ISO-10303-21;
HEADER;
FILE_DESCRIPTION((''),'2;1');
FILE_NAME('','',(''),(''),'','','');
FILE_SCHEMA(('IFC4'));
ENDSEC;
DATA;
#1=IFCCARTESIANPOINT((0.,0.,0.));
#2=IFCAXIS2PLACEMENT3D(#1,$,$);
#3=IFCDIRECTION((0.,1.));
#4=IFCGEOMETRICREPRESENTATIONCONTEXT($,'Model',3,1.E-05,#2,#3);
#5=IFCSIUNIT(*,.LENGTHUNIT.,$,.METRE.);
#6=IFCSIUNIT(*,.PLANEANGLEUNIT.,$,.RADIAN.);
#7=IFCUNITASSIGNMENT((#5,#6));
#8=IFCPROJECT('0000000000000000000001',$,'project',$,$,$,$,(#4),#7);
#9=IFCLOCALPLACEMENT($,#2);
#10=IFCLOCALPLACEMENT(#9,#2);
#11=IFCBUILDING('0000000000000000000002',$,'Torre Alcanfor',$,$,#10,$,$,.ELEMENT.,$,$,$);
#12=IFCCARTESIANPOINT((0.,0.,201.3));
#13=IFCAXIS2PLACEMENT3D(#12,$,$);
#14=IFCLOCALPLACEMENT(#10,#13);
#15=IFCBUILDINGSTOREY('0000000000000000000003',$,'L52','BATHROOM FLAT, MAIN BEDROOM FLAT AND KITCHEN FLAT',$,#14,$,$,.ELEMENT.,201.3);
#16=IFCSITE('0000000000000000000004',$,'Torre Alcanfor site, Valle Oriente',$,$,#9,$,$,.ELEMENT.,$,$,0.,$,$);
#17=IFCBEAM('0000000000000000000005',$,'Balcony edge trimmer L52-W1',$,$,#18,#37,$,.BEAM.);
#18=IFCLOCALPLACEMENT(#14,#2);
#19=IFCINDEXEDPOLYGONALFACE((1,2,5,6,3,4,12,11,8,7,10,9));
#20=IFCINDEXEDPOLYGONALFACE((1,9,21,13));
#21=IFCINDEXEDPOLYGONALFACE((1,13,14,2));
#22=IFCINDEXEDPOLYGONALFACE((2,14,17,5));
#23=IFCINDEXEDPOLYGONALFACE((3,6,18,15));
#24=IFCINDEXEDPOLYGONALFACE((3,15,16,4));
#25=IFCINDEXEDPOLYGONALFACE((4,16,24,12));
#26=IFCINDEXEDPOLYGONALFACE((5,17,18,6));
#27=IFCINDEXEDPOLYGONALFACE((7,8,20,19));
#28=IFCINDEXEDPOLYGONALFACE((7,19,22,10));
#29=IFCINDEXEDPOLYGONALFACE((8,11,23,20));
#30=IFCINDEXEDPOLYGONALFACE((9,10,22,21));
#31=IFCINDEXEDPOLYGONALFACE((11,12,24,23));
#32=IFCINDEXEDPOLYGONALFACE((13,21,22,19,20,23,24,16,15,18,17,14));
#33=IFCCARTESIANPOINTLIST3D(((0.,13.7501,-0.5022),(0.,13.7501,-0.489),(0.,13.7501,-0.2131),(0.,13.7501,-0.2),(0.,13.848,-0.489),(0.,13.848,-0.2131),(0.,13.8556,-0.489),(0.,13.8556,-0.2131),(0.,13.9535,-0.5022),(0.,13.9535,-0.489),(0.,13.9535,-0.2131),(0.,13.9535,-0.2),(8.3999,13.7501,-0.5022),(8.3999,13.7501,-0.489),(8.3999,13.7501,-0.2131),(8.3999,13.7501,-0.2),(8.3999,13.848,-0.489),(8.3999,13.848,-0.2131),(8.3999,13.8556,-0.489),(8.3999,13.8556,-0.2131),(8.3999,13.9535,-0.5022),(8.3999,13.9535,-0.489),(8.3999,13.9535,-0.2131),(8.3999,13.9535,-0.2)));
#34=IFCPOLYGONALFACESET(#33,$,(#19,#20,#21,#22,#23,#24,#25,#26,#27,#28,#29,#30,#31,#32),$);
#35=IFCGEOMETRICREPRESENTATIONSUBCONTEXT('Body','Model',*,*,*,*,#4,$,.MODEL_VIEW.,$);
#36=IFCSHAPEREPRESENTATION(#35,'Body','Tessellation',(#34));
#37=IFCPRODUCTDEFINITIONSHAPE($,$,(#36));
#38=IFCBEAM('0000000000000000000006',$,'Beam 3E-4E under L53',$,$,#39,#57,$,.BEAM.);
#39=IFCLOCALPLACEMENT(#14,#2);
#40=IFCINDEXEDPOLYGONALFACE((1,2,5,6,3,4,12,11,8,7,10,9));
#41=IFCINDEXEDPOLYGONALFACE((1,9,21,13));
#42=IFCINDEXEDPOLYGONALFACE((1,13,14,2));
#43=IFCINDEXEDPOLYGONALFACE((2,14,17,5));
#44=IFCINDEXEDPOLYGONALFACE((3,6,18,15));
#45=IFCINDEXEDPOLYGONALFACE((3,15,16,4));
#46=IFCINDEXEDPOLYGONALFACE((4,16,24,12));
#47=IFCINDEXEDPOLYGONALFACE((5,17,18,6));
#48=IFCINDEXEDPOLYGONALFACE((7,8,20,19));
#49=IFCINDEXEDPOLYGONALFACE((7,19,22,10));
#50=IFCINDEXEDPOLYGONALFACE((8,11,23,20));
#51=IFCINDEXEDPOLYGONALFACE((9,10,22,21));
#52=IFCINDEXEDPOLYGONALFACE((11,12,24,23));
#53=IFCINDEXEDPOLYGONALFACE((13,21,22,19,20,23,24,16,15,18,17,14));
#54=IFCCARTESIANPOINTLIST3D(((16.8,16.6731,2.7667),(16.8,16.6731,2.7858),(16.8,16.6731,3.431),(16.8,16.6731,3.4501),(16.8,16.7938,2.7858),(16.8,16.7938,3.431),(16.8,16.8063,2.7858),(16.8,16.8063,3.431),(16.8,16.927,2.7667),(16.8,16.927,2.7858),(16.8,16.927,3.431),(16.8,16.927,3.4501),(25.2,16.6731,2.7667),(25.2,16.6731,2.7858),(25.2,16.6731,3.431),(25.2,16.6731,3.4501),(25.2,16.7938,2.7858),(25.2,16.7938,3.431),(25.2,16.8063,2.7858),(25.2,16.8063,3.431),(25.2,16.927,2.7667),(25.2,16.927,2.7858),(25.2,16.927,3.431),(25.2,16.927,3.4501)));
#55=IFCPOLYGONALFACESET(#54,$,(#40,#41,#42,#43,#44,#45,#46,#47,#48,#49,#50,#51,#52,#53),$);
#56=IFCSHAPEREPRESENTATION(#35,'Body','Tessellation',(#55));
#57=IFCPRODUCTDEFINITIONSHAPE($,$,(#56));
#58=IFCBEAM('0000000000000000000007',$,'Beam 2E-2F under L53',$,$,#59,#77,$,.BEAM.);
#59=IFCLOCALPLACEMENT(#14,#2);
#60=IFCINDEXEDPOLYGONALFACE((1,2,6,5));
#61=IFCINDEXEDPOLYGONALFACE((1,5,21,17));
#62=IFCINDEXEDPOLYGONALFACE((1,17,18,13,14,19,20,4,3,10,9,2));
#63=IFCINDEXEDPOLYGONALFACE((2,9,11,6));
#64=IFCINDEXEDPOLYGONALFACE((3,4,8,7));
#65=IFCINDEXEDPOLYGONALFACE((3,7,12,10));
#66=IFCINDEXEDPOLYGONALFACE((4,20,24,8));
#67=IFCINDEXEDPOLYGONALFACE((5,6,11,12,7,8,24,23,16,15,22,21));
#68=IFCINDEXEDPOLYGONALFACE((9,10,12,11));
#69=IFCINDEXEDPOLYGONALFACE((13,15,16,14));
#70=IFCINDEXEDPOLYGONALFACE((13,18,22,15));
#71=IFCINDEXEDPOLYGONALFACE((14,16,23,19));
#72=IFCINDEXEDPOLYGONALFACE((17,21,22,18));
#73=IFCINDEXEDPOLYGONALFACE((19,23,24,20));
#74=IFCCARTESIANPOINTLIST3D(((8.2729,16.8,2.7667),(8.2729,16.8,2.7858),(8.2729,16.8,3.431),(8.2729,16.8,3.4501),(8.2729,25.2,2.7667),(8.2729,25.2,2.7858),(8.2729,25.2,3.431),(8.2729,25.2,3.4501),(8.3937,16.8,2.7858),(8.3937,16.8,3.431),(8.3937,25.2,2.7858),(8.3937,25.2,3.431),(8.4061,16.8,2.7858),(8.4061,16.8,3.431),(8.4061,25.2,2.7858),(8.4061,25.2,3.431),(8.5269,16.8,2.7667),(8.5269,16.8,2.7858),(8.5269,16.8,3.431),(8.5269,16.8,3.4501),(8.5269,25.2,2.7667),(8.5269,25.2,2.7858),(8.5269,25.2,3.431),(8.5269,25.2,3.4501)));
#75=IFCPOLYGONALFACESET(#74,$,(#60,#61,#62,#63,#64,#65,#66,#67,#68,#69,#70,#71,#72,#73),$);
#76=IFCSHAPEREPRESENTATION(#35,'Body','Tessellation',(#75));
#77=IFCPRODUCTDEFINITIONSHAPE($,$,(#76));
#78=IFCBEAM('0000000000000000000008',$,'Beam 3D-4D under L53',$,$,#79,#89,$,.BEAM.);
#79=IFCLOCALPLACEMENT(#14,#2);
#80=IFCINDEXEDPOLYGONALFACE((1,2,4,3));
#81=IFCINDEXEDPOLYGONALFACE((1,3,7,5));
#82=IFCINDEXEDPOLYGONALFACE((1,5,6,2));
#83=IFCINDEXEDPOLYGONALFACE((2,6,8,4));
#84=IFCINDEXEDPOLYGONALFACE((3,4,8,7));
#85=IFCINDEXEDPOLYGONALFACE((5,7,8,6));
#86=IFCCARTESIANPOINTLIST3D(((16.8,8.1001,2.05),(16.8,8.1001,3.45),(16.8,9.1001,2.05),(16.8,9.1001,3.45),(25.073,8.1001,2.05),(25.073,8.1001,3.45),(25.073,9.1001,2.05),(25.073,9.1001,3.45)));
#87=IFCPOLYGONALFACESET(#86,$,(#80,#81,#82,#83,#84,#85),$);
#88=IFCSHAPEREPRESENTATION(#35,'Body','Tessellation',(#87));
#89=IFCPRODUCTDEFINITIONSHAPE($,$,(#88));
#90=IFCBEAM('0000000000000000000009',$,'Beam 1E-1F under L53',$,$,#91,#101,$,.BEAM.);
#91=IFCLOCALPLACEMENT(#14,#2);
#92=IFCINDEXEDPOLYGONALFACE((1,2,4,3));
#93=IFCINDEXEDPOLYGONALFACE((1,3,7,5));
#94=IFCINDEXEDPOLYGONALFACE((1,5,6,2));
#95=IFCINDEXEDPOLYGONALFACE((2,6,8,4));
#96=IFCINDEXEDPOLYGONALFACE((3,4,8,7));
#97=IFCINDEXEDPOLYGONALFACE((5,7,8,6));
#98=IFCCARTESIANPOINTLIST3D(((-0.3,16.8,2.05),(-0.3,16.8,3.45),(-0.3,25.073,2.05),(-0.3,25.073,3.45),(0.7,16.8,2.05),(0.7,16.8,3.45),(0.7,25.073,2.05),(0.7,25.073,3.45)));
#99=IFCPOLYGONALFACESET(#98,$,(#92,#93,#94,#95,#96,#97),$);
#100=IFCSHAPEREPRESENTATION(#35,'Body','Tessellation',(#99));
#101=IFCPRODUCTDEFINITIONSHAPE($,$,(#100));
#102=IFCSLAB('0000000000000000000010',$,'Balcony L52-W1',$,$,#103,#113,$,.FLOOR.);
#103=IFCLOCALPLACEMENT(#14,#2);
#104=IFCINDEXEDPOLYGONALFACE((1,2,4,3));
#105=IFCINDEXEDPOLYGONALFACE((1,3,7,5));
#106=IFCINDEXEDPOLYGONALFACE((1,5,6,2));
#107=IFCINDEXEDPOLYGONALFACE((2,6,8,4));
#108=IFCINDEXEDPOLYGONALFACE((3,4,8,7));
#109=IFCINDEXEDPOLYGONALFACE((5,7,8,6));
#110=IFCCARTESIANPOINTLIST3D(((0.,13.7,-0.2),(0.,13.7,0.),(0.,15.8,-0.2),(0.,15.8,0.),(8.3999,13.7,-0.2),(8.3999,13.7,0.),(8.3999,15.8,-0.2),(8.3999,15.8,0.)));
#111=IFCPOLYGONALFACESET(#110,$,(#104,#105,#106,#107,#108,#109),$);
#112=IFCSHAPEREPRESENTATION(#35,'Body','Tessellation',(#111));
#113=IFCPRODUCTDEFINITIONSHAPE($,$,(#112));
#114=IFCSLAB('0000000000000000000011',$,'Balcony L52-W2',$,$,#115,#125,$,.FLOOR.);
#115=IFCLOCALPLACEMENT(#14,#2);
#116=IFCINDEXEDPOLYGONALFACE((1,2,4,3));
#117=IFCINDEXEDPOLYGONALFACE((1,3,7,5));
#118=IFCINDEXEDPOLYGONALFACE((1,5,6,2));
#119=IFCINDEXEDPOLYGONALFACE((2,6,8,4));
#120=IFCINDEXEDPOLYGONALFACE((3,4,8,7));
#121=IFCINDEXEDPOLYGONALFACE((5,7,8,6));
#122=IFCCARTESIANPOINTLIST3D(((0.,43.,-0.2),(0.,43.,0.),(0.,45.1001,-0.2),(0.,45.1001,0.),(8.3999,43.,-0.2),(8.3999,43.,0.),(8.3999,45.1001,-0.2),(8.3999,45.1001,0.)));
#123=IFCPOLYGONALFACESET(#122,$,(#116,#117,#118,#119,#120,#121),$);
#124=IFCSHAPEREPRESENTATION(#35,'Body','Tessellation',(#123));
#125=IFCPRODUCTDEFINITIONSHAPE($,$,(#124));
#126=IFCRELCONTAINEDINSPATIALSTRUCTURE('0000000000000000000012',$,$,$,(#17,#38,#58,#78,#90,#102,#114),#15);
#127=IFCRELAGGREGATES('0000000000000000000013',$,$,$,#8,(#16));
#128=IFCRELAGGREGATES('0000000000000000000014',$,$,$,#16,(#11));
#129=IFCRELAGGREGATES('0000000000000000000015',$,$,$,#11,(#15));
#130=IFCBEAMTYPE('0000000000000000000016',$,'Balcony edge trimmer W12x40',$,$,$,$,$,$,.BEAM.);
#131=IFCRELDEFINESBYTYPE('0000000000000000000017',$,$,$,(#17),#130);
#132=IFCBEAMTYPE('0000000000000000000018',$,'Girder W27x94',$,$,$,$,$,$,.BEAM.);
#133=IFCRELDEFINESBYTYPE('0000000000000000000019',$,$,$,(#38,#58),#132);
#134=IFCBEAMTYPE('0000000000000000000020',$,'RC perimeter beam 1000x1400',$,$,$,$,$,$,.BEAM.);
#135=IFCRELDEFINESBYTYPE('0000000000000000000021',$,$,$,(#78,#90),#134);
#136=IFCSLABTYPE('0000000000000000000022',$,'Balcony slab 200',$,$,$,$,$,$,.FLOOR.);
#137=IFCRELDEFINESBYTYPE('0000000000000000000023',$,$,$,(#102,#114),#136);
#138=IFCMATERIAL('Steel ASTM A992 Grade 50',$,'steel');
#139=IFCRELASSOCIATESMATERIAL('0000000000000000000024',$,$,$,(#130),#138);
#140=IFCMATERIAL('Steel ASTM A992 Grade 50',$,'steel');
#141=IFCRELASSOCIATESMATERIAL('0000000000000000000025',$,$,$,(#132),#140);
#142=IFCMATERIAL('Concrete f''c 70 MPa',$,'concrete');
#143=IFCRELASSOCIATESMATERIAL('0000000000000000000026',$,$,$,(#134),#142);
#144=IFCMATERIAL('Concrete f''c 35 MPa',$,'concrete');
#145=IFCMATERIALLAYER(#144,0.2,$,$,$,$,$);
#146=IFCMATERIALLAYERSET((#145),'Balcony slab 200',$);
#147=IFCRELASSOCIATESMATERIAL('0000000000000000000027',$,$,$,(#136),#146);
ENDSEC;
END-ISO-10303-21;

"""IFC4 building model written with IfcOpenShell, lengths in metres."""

from ifc_helpers import new_model, si_unit, direction, frame, origin, origin_2d, place, context, subcontext, project, spatial, polyline, rectangle, i_section, outline, extrude, material, layer, layer_set, material_profile, profile_set, type_object, element, save


model = new_model("IFC4")

# Units and contexts
model_context = context("Model", 3, precision=1e-05, world=origin(), true_north=direction((0.0, 1.0)))
body_context = subcontext(model_context, "Body", "Model", "MODEL_VIEW")
ifc_project = project(units=[si_unit("LENGTHUNIT", "METRE"), si_unit("PLANEANGLEUNIT", "RADIAN")], contexts=[model_context])

# Site, building, storey
site_placement = place(None, origin())
site = spatial("IfcSite", under=ifc_project, at=site_placement, Name="Torre Alcanfor site, Valle Oriente", CompositionType="ELEMENT", RefElevation=0.0)
building_placement = place(site_placement, origin())
building = spatial("IfcBuilding", under=site, at=building_placement, Name="Torre Alcanfor", CompositionType="ELEMENT")
storey_placement = place(building_placement, frame((0.0, 0.0, 201.3)))
storey = spatial("IfcBuildingStorey", under=building, at=storey_placement, Name="L52", Description="BATHROOM FLAT, MAIN BEDROOM FLAT AND KITCHEN FLAT", CompositionType="ELEMENT", Elevation=201.3)

# Beams
ifc_material_1 = material(Name="Steel ASTM A992 Grade 50", Category="steel")
ifc_material_profile_1 = material_profile(ifc_material_1, i_section(OverallWidth=0.2034, OverallDepth=0.3022, WebThickness=0.0076, FlangeThickness=0.0132, at=origin_2d()), Name="W12x40")
ifc_profile_set_1 = profile_set([ifc_material_profile_1], Name="Steel ASTM A992 Grade 50")
beam_type_1 = type_object("IfcBeamType", Name="Balcony edge trimmer W12x40", PredefinedType="BEAM", material=ifc_profile_set_1)
beam_placement = place(storey_placement, frame((8.3999, 13.8518, -0.3511), z_axis=(-1.0, 0.0, 0.0), x_axis=(0.0, -1.0, 0.0)))
element("IfcBeam", 1, at=beam_placement, inside=storey, type_object=beam_type_1, Name="Balcony edge trimmer L52-W1", PredefinedType="BEAM", context=body_context, shape_type="SweptSolid", body=[
    extrude(i_section(OverallWidth=0.2034, OverallDepth=0.3022, WebThickness=0.0076, FlangeThickness=0.0132, at=origin_2d()), origin(), (0.0, 0.0, 1.0), 8.3999),
])
ifc_material_2 = material(Name="Steel ASTM A992 Grade 50", Category="steel")
ifc_material_profile_2 = material_profile(ifc_material_2, i_section(OverallWidth=0.2539, OverallDepth=0.6833, WebThickness=0.0125, FlangeThickness=0.019, at=origin_2d()), Name="W27x94")
ifc_profile_set_2 = profile_set([ifc_material_profile_2], Name="Steel ASTM A992 Grade 50")
beam_type_2 = type_object("IfcBeamType", Name="Girder W27x94", PredefinedType="BEAM", material=ifc_profile_set_2)
for number, where, z_axis, x_axis, name in (
    (2, (16.8, 16.8, 3.1084), (1.0, 0.0, 0.0), (0.0, 1.0, 0.0), "Beam 3E-4E under L53"),
    (3, (8.3999, 16.8, 3.1084), (0.0, 1.0, 0.0), (-1.0, 0.0, 0.0), "Beam 2E-2F under L53"),
):
    element("IfcBeam", number, at=place(storey_placement, frame(where, z_axis=z_axis, x_axis=x_axis)), inside=storey, type_object=beam_type_2, Name=name, PredefinedType="BEAM", context=body_context, shape_type="SweptSolid", body=[
        extrude(i_section(OverallWidth=0.2539, OverallDepth=0.6833, WebThickness=0.0125, FlangeThickness=0.019, at=origin_2d()), origin(), (0.0, 0.0, 1.0), 8.3999),
    ])
ifc_material_3 = material(Name="Concrete f'c 70 MPa", Category="concrete")
ifc_material_profile_3 = material_profile(ifc_material_3, rectangle(XDim=1.0, YDim=1.3999, at=origin_2d()), Name="1000x1400")
ifc_profile_set_3 = profile_set([ifc_material_profile_3], Name="Concrete f'c 70 MPa")
beam_type_3 = type_object("IfcBeamType", Name="RC perimeter beam 1000x1400", PredefinedType="BEAM", material=ifc_profile_set_3)
for number, where, z_axis, x_axis, name in (
    (4, (16.8, 8.6001, 2.75), (1.0, 0.0, 0.0), (0.0, 1.0, 0.0), "Beam 3D-4D under L53"),
    (5, (0.2, 16.8, 2.75), (0.0, 1.0, 0.0), (-1.0, 0.0, 0.0), "Beam 1E-1F under L53"),
):
    element("IfcBeam", number, at=place(storey_placement, frame(where, z_axis=z_axis, x_axis=x_axis)), inside=storey, type_object=beam_type_3, Name=name, PredefinedType="BEAM", context=body_context, shape_type="SweptSolid", body=[
        extrude(rectangle(XDim=1.0, YDim=1.3999, at=origin_2d()), origin(), (0.0, 0.0, 1.0), 8.2729),
    ])

# Slabs
ifc_material_4 = material(Name="Concrete f'c 35 MPa", Category="concrete")
ifc_layer_1 = layer(ifc_material_4, 0.2)
ifc_layer_set_1 = layer_set([ifc_layer_1], Name="Balcony slab 200")
slab_type_1 = type_object("IfcSlabType", Name="Balcony slab 200", PredefinedType="FLOOR", material=ifc_layer_set_1)
slab_1_placement = place(storey_placement, frame((0.0, 0.0, -0.2)))
element("IfcSlab", 6, at=slab_1_placement, inside=storey, type_object=slab_type_1, Name="Balcony L52-W1", PredefinedType="FLOOR", context=body_context, shape_type="SweptSolid", body=[
    extrude(outline(polyline([(8.3999, 15.8), (0.0, 15.8), (0.0, 13.7), (8.3999, 13.7), (8.3999, 15.8)])), origin(), (0.0, 0.0, 1.0), 0.2),
])
slab_2_placement = place(storey_placement, frame((0.0, 0.0, -0.2)))
element("IfcSlab", 7, at=slab_2_placement, inside=storey, type_object=slab_type_1, Name="Balcony L52-W2", PredefinedType="FLOOR", context=body_context, shape_type="SweptSolid", body=[
    extrude(outline(polyline([(8.3999, 45.1001), (0.0, 45.1001), (0.0, 43.0), (8.3999, 43.0), (8.3999, 45.1001)])), origin(), (0.0, 0.0, 1.0), 0.2),
])

save(model, "model.ifc")
